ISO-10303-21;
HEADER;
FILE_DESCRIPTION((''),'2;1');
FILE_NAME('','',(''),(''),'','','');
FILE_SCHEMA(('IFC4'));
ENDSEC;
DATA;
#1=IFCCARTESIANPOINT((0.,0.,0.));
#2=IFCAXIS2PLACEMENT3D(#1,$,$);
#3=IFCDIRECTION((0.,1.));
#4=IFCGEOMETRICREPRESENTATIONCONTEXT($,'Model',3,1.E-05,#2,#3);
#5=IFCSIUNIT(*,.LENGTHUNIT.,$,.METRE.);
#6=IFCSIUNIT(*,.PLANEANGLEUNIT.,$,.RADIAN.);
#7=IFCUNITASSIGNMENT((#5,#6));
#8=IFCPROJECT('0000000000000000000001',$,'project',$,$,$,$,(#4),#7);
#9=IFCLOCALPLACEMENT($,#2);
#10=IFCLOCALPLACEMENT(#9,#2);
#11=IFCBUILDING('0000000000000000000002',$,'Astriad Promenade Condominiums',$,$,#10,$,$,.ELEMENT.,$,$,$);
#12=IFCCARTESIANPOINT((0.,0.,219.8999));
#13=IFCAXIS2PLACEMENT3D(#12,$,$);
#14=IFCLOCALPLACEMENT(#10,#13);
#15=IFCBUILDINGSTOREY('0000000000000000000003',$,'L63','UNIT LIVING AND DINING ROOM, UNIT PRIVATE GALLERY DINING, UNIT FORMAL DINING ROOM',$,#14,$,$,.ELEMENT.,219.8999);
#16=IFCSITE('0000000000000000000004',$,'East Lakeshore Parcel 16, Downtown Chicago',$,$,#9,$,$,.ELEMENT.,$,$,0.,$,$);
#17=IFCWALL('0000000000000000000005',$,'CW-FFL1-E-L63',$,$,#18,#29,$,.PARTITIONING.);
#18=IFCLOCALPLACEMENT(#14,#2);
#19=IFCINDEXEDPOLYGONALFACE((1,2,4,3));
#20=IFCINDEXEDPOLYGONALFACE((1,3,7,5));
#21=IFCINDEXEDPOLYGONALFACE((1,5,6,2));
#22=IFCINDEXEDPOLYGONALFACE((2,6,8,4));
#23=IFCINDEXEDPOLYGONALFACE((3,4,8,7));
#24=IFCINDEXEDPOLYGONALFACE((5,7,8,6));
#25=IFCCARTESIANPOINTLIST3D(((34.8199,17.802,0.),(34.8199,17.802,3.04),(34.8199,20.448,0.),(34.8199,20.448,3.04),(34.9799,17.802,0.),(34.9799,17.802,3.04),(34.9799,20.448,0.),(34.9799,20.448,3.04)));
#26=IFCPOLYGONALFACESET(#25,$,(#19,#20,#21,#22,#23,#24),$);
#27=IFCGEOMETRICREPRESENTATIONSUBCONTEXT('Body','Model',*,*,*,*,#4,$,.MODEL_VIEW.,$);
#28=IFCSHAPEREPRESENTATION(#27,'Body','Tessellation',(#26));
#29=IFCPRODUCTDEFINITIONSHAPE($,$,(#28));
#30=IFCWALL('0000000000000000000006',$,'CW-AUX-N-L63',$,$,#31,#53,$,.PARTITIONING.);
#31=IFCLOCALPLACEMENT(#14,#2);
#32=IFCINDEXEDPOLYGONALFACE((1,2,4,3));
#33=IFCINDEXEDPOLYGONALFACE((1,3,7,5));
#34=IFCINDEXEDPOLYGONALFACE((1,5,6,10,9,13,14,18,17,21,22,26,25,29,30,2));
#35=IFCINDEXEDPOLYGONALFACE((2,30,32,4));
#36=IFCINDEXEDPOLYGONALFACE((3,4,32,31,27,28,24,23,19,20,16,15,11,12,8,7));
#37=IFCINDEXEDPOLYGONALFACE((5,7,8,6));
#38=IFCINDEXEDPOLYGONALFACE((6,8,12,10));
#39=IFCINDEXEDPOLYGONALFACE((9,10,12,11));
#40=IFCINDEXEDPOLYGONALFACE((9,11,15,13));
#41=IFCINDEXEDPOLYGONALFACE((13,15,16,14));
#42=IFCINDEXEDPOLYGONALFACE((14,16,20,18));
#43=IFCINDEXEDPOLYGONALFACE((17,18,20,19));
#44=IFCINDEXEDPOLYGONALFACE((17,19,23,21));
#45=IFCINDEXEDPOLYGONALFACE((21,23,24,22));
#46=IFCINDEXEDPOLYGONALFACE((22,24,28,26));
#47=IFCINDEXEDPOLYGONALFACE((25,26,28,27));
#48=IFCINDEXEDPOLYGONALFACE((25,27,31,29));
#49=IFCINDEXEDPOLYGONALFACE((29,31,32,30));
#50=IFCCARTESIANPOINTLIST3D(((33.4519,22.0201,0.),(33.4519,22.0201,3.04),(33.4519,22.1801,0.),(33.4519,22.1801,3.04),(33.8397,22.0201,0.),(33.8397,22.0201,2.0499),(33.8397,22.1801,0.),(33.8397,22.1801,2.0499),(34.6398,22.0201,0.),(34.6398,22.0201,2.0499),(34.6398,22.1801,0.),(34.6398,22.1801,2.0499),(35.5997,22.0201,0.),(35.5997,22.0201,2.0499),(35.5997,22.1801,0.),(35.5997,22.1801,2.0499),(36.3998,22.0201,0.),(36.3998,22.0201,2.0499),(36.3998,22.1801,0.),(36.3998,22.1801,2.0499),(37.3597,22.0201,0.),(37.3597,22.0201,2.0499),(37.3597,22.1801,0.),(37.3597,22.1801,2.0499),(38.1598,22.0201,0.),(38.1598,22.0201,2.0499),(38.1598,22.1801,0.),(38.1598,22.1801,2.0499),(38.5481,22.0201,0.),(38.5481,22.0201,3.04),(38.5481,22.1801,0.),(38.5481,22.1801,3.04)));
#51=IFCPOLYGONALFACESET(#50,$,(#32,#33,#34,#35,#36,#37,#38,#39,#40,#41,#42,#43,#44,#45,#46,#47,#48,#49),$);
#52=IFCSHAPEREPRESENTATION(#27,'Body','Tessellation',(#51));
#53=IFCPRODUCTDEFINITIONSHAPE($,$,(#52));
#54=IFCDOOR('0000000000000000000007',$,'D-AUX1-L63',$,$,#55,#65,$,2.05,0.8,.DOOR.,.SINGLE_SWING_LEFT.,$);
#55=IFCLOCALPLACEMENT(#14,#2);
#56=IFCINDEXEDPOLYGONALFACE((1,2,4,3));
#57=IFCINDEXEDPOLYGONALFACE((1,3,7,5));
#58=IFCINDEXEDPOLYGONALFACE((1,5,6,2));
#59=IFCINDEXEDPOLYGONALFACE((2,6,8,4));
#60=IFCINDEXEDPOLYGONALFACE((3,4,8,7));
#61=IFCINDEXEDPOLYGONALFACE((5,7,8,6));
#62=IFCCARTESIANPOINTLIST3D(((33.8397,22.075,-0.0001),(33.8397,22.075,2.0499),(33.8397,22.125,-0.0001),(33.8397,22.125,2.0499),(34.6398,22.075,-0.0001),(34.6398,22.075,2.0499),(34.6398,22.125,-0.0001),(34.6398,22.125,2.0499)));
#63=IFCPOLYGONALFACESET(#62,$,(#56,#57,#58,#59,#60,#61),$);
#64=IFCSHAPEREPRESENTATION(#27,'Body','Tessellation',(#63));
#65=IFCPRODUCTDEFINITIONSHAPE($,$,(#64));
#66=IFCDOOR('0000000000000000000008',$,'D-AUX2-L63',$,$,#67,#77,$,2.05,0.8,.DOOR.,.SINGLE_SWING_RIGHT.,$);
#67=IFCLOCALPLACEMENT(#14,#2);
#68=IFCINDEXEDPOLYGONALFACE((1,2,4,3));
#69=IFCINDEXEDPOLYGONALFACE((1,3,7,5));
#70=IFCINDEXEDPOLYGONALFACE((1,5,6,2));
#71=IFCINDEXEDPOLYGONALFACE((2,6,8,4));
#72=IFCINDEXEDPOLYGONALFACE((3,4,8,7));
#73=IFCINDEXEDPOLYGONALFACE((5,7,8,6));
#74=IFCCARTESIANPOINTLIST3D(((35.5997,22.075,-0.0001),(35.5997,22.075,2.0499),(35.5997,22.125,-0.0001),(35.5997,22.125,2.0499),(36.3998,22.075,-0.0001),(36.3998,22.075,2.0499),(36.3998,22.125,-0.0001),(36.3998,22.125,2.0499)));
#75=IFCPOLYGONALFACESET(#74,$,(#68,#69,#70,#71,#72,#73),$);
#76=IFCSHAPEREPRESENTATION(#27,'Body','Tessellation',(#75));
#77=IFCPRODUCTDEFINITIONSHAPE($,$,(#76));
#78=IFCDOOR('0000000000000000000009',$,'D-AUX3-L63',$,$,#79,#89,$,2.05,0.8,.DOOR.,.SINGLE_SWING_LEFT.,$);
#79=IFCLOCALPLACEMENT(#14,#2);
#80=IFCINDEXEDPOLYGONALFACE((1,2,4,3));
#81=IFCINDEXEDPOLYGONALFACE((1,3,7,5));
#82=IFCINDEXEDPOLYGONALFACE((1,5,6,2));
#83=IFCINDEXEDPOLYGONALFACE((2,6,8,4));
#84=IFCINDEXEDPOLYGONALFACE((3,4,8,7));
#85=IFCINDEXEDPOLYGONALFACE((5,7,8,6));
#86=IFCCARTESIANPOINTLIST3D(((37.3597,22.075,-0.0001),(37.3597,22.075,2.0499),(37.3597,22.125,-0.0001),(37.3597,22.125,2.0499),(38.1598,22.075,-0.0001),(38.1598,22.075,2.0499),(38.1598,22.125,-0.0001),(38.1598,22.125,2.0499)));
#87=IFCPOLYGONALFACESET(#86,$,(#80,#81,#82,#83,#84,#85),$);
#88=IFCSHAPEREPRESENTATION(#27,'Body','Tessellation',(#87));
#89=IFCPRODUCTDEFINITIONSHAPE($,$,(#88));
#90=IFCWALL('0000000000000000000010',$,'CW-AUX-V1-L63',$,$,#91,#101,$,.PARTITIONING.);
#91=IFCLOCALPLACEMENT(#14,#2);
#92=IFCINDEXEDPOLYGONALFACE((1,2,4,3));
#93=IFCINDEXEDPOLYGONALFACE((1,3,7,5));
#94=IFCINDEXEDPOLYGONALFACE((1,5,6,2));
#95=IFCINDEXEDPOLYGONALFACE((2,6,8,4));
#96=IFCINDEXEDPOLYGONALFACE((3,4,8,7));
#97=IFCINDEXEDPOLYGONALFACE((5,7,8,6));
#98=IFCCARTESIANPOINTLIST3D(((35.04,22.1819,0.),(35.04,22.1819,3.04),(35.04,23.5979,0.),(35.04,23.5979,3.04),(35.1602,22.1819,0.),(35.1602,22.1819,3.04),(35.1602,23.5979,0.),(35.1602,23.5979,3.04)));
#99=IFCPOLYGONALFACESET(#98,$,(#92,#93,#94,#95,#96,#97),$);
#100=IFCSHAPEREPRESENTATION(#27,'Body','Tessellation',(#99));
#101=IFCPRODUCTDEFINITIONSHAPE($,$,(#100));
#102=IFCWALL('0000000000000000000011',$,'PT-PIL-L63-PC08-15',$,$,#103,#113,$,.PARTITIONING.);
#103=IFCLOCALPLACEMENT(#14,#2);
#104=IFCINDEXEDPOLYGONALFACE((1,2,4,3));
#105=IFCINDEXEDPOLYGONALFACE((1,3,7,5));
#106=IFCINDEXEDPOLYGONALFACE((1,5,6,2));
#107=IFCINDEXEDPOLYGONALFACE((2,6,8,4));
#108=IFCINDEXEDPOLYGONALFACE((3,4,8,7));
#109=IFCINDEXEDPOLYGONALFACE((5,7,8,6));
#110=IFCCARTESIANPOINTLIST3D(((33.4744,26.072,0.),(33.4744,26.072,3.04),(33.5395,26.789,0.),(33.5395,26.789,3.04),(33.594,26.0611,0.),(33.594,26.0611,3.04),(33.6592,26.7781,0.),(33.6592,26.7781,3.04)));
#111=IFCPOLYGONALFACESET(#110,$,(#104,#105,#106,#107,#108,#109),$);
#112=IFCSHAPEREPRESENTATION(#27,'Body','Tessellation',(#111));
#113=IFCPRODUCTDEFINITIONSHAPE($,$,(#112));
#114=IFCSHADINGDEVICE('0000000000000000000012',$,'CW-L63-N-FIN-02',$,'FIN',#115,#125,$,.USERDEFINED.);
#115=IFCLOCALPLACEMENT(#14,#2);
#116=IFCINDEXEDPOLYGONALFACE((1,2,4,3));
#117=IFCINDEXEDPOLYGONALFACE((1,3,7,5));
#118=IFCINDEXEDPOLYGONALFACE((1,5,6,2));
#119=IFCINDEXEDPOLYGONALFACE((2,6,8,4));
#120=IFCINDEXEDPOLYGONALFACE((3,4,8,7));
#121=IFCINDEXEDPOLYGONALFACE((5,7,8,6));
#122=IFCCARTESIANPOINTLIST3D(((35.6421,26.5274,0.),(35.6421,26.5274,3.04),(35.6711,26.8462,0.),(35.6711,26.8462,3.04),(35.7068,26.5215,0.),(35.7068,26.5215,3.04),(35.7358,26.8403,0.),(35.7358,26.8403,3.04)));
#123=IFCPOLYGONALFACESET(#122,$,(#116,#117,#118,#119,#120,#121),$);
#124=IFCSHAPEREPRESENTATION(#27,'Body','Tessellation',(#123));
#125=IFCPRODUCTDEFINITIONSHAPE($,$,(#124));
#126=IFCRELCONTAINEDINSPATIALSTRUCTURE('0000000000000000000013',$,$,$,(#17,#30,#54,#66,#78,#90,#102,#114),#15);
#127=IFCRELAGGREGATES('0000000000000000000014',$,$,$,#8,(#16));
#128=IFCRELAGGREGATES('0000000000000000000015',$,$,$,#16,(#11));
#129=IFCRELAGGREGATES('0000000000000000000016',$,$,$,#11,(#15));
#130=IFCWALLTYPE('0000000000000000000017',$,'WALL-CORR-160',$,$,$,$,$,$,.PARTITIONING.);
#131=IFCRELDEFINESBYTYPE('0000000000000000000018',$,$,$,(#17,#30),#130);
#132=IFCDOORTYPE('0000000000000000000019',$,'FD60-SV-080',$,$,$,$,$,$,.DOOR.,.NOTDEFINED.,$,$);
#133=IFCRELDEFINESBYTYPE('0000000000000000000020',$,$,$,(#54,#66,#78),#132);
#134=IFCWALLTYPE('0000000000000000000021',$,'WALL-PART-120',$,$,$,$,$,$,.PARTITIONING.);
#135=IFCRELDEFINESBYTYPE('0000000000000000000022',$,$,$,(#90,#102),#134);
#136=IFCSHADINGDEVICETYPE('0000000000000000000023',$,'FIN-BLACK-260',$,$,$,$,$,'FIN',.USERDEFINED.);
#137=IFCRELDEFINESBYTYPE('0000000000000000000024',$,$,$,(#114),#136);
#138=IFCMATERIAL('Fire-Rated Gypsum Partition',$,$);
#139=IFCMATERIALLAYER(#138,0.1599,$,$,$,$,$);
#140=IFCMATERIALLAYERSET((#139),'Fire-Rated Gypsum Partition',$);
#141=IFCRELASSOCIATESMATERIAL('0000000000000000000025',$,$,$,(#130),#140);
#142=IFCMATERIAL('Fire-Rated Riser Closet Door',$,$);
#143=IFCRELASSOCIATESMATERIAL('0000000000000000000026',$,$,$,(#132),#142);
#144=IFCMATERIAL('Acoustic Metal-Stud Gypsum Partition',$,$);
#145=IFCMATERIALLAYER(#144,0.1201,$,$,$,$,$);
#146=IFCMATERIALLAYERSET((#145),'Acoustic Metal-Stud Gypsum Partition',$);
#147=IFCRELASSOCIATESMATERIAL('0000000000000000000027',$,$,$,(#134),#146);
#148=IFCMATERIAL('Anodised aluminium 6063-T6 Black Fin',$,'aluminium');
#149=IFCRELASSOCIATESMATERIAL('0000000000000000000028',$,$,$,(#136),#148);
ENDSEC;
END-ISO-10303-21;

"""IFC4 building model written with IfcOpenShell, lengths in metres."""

from ifc_helpers import new_model, si_unit, direction, frame, frame_2d, origin, origin_2d, place, context, subcontext, project, spatial, rectangle, extrude, source, transform, mapped, material, layer, layer_set, type_object, type_shapes, element, fill, save


model = new_model("IFC4")

# Units and contexts
model_context = context("Model", 3, precision=1e-05, world=origin(), true_north=direction((0.0, 1.0)))
body_context = subcontext(model_context, "Body", "Model", "MODEL_VIEW")
ifc_project = project(units=[si_unit("LENGTHUNIT", "METRE"), si_unit("PLANEANGLEUNIT", "RADIAN")], contexts=[model_context])

# Site, building, storey
site_placement = place(None, origin())
site = spatial("IfcSite", under=ifc_project, at=site_placement, Name="East Lakeshore Parcel 16, Downtown Chicago", CompositionType="ELEMENT", RefElevation=0.0)
building_placement = place(site_placement, origin())
building = spatial("IfcBuilding", under=site, at=building_placement, Name="Astriad Promenade Condominiums", CompositionType="ELEMENT")
storey_placement = place(building_placement, frame((0.0, 0.0, 219.8999)))
storey = spatial("IfcBuildingStorey", under=building, at=storey_placement, Name="L63", Description="UNIT LIVING AND DINING ROOM, UNIT PRIVATE GALLERY DINING, UNIT FORMAL DINING ROOM", CompositionType="ELEMENT", Elevation=219.8999)

# Wall
ifc_material_1 = material(Name="Fire-Rated Gypsum Partition")
ifc_layer_1 = layer(ifc_material_1, 0.1599)
ifc_layer_set_1 = layer_set([ifc_layer_1], Name="Fire-Rated Gypsum Partition")
wall_type_1 = type_object("IfcWallType", Name="WALL-CORR-160", PredefinedType="PARTITIONING", material=ifc_layer_set_1)
wall_1_placement = place(storey_placement, frame((34.8999, 17.802, 0.0), z_axis=(0.0, 0.0, 1.0), x_axis=(0.0, 1.0, 0.0)))
element("IfcWall", 1, at=wall_1_placement, inside=storey, type_object=wall_type_1, Name="CW-FFL1-E-L63", PredefinedType="PARTITIONING", context=body_context, shape_type="SweptSolid", body=[
    extrude(rectangle(XDim=2.646, YDim=0.1599, at=frame_2d((1.323, 0.0))), origin(), (0.0, 0.0, 1.0), 3.04),
])

# Wall, openings, doors
wall_2_placement = place(storey_placement, frame((33.4519, 22.1001, 0.0), z_axis=(0.0, 0.0, 1.0), x_axis=(1.0, 0.0, 0.0)))
wall_2 = element("IfcWall", 2, at=wall_2_placement, inside=storey, type_object=wall_type_1, Name="CW-AUX-N-L63", PredefinedType="PARTITIONING", context=body_context, shape_type="SweptSolid", body=[
    extrude(rectangle(XDim=5.0962, YDim=0.1599, at=frame_2d((2.5481, 0.0))), origin(), (0.0, 0.0, 1.0), 3.04),
])
opening_1_placement = place(wall_2_placement, frame((0.3879, 0.0, 0.0)))
opening_1 = element("IfcOpeningElement", 3, at=opening_1_placement, cuts=wall_2, PredefinedType="OPENING", context=body_context, shape_type="SweptSolid", body=[
    extrude(rectangle(XDim=0.8, YDim=2.05, at=frame_2d((0.3999, 1.0249))), frame((0.0, 0.0898, 0.0), z_axis=(0.0, -1.0, 0.0), x_axis=(1.0, 0.0, 0.0)), (0.0, 0.0, 1.0), 0.1799),
])
opening_2_placement = place(wall_2_placement, frame((2.1479, 0.0, 0.0)))
opening_2 = element("IfcOpeningElement", 4, at=opening_2_placement, cuts=wall_2, PredefinedType="OPENING", context=body_context, shape_type="SweptSolid", body=[
    extrude(rectangle(XDim=0.8, YDim=2.05, at=frame_2d((0.3999, 1.0249))), frame((0.0, 0.0898, 0.0), z_axis=(0.0, -1.0, 0.0), x_axis=(1.0, 0.0, 0.0)), (0.0, 0.0, 1.0), 0.1799),
])
opening_3_placement = place(wall_2_placement, frame((3.908, 0.0, 0.0)))
opening_3 = element("IfcOpeningElement", 5, at=opening_3_placement, cuts=wall_2, PredefinedType="OPENING", context=body_context, shape_type="SweptSolid", body=[
    extrude(rectangle(XDim=0.8, YDim=2.05, at=frame_2d((0.3999, 1.0249))), frame((0.0, 0.0898, 0.0), z_axis=(0.0, -1.0, 0.0), x_axis=(1.0, 0.0, 0.0)), (0.0, 0.0, 1.0), 0.1799),
])
ifc_material_2 = material(Name="Fire-Rated Riser Closet Door")
door_type_1 = type_object("IfcDoorType", Name="FD60-SV-080", OperationType="NOTDEFINED", PredefinedType="DOOR", material=ifc_material_2)
shared_shape_1 = source(origin(), body_context, "Body", "SweptSolid", [
    extrude(rectangle(XDim=0.8, YDim=2.05, at=frame_2d((0.3999, 1.0249))), frame((0.0, 0.0249, 0.0), z_axis=(0.0, -1.0, 0.0), x_axis=(1.0, 0.0, 0.0)), (0.0, 0.0, 1.0), 0.05),
])
type_shapes(door_type_1, [shared_shape_1])
door_1_placement = place(opening_1_placement, origin())
door_1 = element("IfcDoor", 6, at=door_1_placement, inside=storey, type_object=door_type_1, Name="D-AUX1-L63", OperationType="SINGLE_SWING_LEFT", OverallHeight=2.05, OverallWidth=0.8, PredefinedType="DOOR", context=body_context, shape_type="MappedRepresentation", body=[
    mapped(shared_shape_1, transform((0.0, 0.0, 0.0), scale=1.0)),
])
fill(opening_1, door_1)
door_2_placement = place(opening_2_placement, origin())
door_2 = element("IfcDoor", 7, at=door_2_placement, inside=storey, type_object=door_type_1, Name="D-AUX2-L63", OperationType="SINGLE_SWING_RIGHT", OverallHeight=2.05, OverallWidth=0.8, PredefinedType="DOOR", context=body_context, shape_type="MappedRepresentation", body=[
    mapped(shared_shape_1, transform((0.0, 0.0, 0.0), scale=1.0)),
])
fill(opening_2, door_2)
door_3_placement = place(opening_3_placement, origin())
door_3 = element("IfcDoor", 8, at=door_3_placement, inside=storey, type_object=door_type_1, Name="D-AUX3-L63", OperationType="SINGLE_SWING_LEFT", OverallHeight=2.05, OverallWidth=0.8, PredefinedType="DOOR", context=body_context, shape_type="MappedRepresentation", body=[
    mapped(shared_shape_1, transform((0.0, 0.0, 0.0), scale=1.0)),
])
fill(opening_3, door_3)

# Walls
ifc_material_3 = material(Name="Acoustic Metal-Stud Gypsum Partition")
ifc_layer_2 = layer(ifc_material_3, 0.1201)
ifc_layer_set_2 = layer_set([ifc_layer_2], Name="Acoustic Metal-Stud Gypsum Partition")
wall_type_2 = type_object("IfcWallType", Name="WALL-PART-120", PredefinedType="PARTITIONING", material=ifc_layer_set_2)
wall_3_placement = place(storey_placement, frame((35.1001, 22.1819, 0.0), z_axis=(0.0, 0.0, 1.0), x_axis=(0.0, 1.0, 0.0)))
element("IfcWall", 9, at=wall_3_placement, inside=storey, type_object=wall_type_2, Name="CW-AUX-V1-L63", PredefinedType="PARTITIONING", context=body_context, shape_type="SweptSolid", body=[
    extrude(rectangle(XDim=1.416, YDim=0.1201, at=frame_2d((0.708, 0.0))), origin(), (0.0, 0.0, 1.0), 3.04),
])
wall_4_placement = place(storey_placement, frame((33.5342, 26.0667, 0.0), z_axis=(0.0, 0.0, 1.0), x_axis=(0.090536, 0.995893, 0.0)))
element("IfcWall", 10, at=wall_4_placement, inside=storey, type_object=wall_type_2, Name="PT-PIL-L63-PC08-15", PredefinedType="PARTITIONING", context=body_context, shape_type="SweptSolid", body=[
    extrude(rectangle(XDim=0.72, YDim=0.1201, at=frame_2d((0.3599, 0.0))), origin(), (0.0, 0.0, 1.0), 3.04),
])

# Shading device
ifc_material_4 = material(Name="Anodised aluminium 6063-T6 Black Fin", Category="aluminium")
shading_device_type = type_object("IfcShadingDeviceType", Name="FIN-BLACK-260", ElementType="FIN", PredefinedType="USERDEFINED", material=ifc_material_4)
shared_shape_2 = source(origin(), body_context, "Body", "SweptSolid", [
    extrude(rectangle(XDim=0.0649, YDim=0.3201, at=origin_2d()), origin(), (0.0, 0.0, 1.0), 3.04),
])
type_shapes(shading_device_type, [shared_shape_2])
shading_device_placement = place(storey_placement, frame((35.689, 26.6838, 0.0), z_axis=(0.0, 0.0, 1.0), x_axis=(0.995884, -0.090633, 0.0)))
element("IfcShadingDevice", 11, at=shading_device_placement, inside=storey, type_object=shading_device_type, Name="CW-L63-N-FIN-02", ObjectType="FIN", PredefinedType="USERDEFINED", context=body_context, shape_type="MappedRepresentation", body=[
    mapped(shared_shape_2, transform((0.0, 0.0, 0.0), scale=1.0)),
])

save(model, "model.ifc")
